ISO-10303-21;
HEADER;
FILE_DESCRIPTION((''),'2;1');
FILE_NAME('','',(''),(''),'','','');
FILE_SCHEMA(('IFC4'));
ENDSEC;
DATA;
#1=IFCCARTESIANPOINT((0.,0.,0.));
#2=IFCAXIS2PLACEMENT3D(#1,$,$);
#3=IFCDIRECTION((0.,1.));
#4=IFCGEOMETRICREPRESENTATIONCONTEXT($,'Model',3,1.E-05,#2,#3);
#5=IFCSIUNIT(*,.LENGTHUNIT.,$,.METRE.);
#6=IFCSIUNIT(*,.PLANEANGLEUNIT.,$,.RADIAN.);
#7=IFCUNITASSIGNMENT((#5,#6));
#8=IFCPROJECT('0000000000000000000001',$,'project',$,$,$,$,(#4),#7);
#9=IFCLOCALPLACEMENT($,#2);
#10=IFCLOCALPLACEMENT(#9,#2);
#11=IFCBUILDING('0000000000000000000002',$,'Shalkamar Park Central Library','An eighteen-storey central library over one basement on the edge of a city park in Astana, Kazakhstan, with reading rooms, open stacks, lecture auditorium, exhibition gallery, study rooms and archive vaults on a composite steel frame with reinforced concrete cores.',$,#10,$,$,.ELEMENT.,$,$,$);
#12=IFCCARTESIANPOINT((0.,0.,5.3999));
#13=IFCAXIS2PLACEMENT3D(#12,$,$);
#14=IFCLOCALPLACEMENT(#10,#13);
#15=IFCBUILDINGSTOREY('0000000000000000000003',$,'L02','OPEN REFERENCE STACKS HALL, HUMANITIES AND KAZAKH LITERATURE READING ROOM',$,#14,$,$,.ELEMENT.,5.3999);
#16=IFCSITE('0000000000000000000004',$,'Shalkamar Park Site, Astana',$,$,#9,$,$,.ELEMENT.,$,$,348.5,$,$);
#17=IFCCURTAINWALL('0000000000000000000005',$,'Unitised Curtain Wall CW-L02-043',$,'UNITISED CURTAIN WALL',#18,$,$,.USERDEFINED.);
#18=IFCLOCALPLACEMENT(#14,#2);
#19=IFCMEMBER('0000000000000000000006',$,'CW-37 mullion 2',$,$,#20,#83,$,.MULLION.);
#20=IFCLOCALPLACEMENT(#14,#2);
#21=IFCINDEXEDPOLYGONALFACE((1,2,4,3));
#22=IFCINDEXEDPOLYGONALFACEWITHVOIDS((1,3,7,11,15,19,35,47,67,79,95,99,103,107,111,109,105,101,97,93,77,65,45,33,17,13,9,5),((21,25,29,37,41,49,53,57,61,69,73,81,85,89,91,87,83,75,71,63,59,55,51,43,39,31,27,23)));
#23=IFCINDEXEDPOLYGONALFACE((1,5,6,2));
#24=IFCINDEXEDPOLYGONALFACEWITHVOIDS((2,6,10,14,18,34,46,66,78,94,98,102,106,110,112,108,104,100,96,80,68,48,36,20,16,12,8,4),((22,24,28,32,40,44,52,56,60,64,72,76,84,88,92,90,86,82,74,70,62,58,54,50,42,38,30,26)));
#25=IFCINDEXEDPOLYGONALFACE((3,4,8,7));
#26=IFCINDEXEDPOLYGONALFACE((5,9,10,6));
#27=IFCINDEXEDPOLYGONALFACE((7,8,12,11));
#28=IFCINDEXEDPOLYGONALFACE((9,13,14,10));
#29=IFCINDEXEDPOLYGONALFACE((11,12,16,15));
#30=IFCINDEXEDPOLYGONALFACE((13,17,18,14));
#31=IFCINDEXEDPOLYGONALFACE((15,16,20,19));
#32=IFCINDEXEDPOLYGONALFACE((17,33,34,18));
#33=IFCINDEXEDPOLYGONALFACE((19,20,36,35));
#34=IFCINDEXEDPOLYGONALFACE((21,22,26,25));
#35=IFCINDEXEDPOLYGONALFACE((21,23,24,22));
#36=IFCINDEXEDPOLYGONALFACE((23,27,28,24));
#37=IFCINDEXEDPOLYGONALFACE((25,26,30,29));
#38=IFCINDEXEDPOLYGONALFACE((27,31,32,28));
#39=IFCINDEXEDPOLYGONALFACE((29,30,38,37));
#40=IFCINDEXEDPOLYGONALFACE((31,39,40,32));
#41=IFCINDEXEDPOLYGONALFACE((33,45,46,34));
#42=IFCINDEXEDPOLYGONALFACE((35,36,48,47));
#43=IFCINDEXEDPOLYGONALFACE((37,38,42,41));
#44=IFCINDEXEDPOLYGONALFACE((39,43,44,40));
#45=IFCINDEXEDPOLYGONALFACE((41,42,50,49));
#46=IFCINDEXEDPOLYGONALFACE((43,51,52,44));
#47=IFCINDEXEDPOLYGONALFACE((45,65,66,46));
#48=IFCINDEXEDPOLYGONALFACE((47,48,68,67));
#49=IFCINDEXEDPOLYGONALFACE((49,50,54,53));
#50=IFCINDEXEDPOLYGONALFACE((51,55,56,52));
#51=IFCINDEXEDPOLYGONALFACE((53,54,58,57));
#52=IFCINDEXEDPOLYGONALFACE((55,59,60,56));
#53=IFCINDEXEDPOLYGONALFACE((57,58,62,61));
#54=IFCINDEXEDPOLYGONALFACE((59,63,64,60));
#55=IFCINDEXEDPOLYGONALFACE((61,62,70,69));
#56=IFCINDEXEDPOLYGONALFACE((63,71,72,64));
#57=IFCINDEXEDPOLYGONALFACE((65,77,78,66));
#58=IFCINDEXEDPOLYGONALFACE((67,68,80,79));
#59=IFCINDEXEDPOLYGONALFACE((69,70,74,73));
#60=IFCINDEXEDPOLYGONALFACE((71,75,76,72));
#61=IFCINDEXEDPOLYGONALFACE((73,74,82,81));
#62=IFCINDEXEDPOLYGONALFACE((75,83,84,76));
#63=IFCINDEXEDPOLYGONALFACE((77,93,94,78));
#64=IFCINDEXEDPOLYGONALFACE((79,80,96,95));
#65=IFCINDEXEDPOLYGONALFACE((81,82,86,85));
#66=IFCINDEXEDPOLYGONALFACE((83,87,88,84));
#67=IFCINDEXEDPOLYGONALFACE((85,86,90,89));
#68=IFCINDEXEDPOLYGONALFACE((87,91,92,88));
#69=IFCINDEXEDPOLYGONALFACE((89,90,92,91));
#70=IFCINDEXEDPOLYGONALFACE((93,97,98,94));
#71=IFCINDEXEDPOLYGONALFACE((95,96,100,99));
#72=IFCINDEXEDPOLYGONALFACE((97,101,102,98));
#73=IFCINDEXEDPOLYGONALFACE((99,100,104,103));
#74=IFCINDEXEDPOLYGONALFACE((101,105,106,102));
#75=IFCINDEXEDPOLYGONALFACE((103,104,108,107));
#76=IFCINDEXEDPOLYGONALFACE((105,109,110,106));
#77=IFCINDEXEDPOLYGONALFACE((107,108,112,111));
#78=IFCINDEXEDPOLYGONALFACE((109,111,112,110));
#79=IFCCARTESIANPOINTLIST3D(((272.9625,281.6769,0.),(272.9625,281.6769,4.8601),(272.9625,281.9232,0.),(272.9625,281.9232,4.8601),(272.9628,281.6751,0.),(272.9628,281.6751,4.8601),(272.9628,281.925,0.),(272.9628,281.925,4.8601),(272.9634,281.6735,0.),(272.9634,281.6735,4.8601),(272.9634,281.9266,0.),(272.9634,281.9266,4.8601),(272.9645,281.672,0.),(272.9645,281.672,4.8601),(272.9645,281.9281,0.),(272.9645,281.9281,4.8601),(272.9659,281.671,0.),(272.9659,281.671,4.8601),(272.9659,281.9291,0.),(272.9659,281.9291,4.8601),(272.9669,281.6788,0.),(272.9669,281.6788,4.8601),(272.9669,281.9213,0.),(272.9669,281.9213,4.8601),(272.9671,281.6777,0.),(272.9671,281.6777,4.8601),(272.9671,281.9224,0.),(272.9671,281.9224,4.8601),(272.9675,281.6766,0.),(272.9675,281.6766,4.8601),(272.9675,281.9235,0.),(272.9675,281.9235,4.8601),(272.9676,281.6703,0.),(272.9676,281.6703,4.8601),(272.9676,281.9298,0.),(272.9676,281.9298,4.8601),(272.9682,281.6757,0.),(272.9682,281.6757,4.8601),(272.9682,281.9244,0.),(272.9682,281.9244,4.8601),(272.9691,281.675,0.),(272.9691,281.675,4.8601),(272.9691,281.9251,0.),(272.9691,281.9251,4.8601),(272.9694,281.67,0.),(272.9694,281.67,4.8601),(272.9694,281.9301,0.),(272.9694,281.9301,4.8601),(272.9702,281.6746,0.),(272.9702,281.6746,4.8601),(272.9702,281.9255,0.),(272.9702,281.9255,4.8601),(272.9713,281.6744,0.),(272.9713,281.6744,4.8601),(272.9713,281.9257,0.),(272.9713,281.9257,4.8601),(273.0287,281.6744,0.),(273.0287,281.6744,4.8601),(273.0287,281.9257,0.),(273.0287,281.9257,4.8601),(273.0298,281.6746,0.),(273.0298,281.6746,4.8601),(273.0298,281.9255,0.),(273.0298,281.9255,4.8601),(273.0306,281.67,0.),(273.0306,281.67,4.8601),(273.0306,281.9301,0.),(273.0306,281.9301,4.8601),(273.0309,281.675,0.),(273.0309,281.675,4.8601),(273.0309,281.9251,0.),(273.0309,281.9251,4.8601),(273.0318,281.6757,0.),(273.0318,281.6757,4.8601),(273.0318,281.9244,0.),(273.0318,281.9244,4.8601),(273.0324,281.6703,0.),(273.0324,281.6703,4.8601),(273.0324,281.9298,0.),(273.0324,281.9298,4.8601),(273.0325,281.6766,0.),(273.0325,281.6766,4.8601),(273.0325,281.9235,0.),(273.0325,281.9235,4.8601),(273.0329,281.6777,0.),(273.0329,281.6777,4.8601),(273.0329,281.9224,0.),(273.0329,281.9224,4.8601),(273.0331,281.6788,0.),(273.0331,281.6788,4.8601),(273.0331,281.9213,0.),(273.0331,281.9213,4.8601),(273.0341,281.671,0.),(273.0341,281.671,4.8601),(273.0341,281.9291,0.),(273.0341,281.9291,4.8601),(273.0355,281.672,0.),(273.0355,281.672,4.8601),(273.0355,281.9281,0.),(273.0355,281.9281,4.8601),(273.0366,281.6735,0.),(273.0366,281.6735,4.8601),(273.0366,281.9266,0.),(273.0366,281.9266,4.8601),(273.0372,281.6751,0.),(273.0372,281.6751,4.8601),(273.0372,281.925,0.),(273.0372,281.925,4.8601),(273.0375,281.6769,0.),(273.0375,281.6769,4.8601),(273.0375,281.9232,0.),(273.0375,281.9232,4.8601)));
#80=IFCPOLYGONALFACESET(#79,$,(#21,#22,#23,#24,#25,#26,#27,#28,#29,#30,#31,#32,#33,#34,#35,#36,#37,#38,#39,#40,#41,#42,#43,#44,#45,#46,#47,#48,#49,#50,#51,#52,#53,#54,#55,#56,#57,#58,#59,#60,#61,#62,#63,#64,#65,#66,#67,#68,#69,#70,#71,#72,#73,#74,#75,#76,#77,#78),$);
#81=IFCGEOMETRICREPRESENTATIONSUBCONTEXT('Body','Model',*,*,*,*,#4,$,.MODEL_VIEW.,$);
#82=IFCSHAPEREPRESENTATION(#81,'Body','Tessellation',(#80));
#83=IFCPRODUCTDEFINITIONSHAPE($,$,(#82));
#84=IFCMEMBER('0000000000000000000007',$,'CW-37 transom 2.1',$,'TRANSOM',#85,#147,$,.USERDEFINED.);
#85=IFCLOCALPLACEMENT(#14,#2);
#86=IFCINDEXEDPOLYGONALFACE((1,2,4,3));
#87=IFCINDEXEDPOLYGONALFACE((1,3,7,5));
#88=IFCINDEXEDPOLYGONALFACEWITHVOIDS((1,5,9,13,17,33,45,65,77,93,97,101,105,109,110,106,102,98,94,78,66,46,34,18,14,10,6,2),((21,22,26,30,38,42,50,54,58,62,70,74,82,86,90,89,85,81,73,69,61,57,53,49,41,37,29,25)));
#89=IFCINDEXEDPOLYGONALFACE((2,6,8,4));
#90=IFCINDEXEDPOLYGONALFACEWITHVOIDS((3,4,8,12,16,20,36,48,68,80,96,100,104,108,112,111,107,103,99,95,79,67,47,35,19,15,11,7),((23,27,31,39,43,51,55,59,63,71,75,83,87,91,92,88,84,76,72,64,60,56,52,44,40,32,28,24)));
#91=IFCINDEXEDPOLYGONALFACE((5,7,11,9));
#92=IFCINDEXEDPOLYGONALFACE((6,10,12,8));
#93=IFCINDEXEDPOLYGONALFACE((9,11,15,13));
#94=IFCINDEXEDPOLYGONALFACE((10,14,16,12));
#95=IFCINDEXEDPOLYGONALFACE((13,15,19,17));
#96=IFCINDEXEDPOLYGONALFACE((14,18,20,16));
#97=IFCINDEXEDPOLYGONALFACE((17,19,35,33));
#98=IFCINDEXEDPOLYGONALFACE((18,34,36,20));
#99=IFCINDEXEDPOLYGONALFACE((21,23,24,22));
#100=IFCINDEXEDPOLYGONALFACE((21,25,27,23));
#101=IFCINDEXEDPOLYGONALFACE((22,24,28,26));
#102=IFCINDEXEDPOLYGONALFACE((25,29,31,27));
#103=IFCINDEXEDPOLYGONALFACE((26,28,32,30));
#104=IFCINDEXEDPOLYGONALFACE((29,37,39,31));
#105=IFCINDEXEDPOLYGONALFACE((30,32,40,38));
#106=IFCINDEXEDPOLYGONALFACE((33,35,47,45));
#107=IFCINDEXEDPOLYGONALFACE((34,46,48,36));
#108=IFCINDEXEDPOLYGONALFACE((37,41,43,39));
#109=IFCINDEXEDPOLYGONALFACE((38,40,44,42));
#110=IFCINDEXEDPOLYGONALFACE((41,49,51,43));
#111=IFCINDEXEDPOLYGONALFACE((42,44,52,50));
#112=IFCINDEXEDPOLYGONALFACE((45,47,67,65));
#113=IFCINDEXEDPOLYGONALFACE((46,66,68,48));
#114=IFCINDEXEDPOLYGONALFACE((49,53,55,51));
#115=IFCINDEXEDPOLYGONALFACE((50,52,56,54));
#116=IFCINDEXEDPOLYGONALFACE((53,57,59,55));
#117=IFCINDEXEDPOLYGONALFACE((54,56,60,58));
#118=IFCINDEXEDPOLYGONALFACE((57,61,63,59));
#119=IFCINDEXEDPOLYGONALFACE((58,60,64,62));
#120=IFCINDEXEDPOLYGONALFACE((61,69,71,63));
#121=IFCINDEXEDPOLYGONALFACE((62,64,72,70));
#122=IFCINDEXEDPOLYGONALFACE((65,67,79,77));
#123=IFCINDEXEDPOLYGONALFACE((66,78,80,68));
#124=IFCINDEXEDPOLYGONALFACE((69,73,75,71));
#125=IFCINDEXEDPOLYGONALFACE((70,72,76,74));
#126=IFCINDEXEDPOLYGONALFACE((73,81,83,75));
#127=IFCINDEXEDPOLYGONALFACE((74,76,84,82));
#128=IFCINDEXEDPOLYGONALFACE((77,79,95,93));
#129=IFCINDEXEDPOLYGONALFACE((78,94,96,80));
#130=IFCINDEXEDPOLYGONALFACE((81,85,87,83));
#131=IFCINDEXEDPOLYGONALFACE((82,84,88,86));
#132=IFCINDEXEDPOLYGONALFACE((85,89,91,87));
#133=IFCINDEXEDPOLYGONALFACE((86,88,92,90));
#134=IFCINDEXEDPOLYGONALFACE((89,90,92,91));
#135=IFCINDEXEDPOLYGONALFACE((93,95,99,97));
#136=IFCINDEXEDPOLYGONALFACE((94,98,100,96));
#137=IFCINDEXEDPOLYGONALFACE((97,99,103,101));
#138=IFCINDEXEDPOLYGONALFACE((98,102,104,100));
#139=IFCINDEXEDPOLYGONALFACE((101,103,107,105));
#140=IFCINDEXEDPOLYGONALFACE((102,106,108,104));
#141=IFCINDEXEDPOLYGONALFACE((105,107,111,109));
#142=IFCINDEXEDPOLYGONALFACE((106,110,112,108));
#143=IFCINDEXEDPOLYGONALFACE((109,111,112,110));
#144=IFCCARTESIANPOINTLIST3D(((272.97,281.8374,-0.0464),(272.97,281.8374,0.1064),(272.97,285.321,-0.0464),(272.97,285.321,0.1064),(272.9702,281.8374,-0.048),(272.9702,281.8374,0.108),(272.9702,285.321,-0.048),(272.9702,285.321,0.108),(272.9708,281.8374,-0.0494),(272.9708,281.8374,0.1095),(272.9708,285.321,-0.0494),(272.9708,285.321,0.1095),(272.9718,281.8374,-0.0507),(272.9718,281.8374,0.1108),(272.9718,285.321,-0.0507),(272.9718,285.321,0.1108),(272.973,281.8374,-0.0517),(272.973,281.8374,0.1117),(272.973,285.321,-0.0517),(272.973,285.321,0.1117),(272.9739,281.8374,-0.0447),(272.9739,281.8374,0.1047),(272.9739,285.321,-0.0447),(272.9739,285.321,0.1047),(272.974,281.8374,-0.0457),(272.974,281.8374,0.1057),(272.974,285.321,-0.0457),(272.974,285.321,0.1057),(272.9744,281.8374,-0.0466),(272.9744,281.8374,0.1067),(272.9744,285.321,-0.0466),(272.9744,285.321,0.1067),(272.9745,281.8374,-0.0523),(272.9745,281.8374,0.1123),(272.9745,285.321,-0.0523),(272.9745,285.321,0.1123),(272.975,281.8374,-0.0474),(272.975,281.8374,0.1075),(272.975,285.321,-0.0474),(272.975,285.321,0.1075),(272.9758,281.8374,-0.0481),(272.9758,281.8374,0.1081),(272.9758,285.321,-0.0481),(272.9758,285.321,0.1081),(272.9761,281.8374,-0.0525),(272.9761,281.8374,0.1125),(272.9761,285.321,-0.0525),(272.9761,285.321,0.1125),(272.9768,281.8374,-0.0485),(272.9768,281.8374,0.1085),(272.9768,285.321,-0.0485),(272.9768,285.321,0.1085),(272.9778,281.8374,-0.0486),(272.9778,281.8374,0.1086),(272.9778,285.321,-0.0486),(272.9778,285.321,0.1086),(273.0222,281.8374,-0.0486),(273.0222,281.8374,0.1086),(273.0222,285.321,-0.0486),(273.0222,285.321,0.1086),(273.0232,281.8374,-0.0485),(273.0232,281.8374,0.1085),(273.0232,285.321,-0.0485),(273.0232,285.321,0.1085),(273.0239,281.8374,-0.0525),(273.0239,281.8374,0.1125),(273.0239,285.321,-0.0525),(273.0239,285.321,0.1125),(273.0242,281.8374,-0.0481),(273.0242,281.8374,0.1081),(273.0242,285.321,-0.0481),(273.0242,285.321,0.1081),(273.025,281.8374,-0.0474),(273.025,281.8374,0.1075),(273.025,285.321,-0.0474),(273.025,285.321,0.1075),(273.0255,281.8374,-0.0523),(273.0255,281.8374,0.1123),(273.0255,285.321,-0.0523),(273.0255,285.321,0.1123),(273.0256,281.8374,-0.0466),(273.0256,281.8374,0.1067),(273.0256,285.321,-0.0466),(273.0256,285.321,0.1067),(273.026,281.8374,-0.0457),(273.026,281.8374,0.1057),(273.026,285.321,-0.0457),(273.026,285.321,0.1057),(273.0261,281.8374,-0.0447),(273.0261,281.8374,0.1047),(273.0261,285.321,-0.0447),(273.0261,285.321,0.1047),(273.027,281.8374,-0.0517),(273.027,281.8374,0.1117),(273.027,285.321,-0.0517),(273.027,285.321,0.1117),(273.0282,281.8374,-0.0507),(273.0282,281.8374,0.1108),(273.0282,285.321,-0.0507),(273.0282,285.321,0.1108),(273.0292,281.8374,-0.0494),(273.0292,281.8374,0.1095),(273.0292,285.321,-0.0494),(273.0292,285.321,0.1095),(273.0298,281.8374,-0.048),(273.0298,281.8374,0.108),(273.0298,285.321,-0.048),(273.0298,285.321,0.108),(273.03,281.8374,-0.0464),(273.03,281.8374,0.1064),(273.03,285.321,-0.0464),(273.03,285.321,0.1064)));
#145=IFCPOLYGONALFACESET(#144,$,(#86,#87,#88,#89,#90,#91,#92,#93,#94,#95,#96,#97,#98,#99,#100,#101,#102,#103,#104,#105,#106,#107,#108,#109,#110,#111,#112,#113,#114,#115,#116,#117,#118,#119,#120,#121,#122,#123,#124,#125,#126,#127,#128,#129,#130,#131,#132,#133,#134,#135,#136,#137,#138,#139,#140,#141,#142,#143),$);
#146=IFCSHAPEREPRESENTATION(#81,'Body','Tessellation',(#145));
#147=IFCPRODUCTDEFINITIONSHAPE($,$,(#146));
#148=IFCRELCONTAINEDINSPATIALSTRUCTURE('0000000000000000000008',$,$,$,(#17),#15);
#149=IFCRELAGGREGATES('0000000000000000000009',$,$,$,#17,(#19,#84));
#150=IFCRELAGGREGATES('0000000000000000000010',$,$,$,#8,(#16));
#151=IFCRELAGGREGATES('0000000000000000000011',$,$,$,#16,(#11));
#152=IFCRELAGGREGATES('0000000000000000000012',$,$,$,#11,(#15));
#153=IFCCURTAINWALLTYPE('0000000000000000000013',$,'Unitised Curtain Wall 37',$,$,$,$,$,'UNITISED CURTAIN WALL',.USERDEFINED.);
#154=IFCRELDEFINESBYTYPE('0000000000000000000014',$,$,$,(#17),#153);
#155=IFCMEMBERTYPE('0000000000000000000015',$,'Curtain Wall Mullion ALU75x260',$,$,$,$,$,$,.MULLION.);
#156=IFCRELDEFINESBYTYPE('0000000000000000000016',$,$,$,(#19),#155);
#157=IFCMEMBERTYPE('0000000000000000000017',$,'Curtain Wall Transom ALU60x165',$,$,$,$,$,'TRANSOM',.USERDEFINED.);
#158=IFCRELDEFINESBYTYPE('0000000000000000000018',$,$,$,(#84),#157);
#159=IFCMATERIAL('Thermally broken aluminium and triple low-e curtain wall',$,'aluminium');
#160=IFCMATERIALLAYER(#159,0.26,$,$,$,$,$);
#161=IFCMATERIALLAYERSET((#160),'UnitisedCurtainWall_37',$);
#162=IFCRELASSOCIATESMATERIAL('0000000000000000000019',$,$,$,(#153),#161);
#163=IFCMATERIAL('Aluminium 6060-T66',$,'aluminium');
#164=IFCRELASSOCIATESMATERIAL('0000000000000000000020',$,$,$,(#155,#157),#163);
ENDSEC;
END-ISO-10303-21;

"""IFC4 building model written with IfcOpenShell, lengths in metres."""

from ifc_helpers import new_model, si_unit, direction, frame, origin, origin_2d, place, context, subcontext, project, spatial, hollow_rectangle, extrude, material, layer, layer_set, material_profile, profile_set, type_object, element, aggregate, save


model = new_model("IFC4")

# Units and contexts
model_context = context("Model", 3, precision=1e-05, world=origin(), true_north=direction((0.0, 1.0)))
body_context = subcontext(model_context, "Body", "Model", "MODEL_VIEW")
ifc_project = project(units=[si_unit("LENGTHUNIT", "METRE"), si_unit("PLANEANGLEUNIT", "RADIAN")], contexts=[model_context])

# Site, building, storey
site_placement = place(None, origin())
site = spatial("IfcSite", under=ifc_project, at=site_placement, Name="Shalkamar Park Site, Astana", CompositionType="ELEMENT", RefElevation=348.5)
building_placement = place(site_placement, origin())
building = spatial("IfcBuilding", under=site, at=building_placement, Name="Shalkamar Park Central Library", Description="An eighteen-storey central library over one basement on the edge of a city park in Astana, Kazakhstan, with reading rooms, open stacks, lecture auditorium, exhibition gallery, study rooms and archive vaults on a composite steel frame with reinforced concrete cores.", CompositionType="ELEMENT")
storey_placement = place(building_placement, frame((0.0, 0.0, 5.3999)))
storey = spatial("IfcBuildingStorey", under=building, at=storey_placement, Name="L02", Description="OPEN REFERENCE STACKS HALL, HUMANITIES AND KAZAKH LITERATURE READING ROOM", CompositionType="ELEMENT", Elevation=5.3999)

# Curtain wall, members
ifc_material_1 = material(Name="Thermally broken aluminium and triple low-e curtain wall", Category="aluminium")
ifc_layer_1 = layer(ifc_material_1, 0.26)
ifc_layer_set_1 = layer_set([ifc_layer_1], Name="UnitisedCurtainWall_37")
curtain_wall_type = type_object("IfcCurtainWallType", Name="Unitised Curtain Wall 37", ElementType="UNITISED CURTAIN WALL", PredefinedType="USERDEFINED", material=ifc_layer_set_1)
curtain_wall_placement = place(storey_placement, origin())
curtain_wall = element("IfcCurtainWall", 1, at=curtain_wall_placement, inside=storey, type_object=curtain_wall_type, Name="Unitised Curtain Wall CW-L02-043", ObjectType="UNITISED CURTAIN WALL", PredefinedType="USERDEFINED")
ifc_material_2 = material(Name="Aluminium 6060-T66", Category="aluminium")
ifc_material_profile_1 = material_profile(ifc_material_2, hollow_rectangle(XDim=0.075, YDim=0.26, WallThickness=0.0044, InnerFilletRadius=0.0044, OuterFilletRadius=0.0068, at=origin_2d()), Name="ALU 75x260x4.5")
ifc_profile_set_1 = profile_set([ifc_material_profile_1], Name="Aluminium 6060-T66")
member_type_1 = type_object("IfcMemberType", Name="Curtain Wall Mullion ALU75x260", PredefinedType="MULLION", material=ifc_profile_set_1)
member_1_placement = place(storey_placement, frame((273.0, 281.8, 0.0), z_axis=(0.0, 0.0, 1.0), x_axis=(-1.0, 0.0, 0.0)))
member_1 = element("IfcMember", 2, at=member_1_placement, type_object=member_type_1, Name="CW-37 mullion 2", PredefinedType="MULLION", context=body_context, shape_type="SweptSolid", body=[
    extrude(hollow_rectangle(XDim=0.075, YDim=0.26, WallThickness=0.0044, InnerFilletRadius=0.0044, OuterFilletRadius=0.0068, at=origin_2d()), origin(), (0.0, 0.0, 1.0), 4.8601),
])
ifc_material_profile_2 = material_profile(ifc_material_2, hollow_rectangle(XDim=0.0601, YDim=0.165, WallThickness=0.0039, InnerFilletRadius=0.0039, OuterFilletRadius=0.0061, at=origin_2d()), Name="ALU 60x165x4")
ifc_profile_set_2 = profile_set([ifc_material_profile_2], Name="Aluminium 6060-T66")
member_type_2 = type_object("IfcMemberType", Name="Curtain Wall Transom ALU60x165", ElementType="TRANSOM", PredefinedType="USERDEFINED", material=ifc_profile_set_2)
member_2_placement = place(storey_placement, frame((273.0, 281.8374, 0.03), z_axis=(0.0, 1.0, 0.0), x_axis=(-1.0, 0.0, 0.0)))
member_2 = element("IfcMember", 3, at=member_2_placement, type_object=member_type_2, Name="CW-37 transom 2.1", ObjectType="TRANSOM", PredefinedType="USERDEFINED", context=body_context, shape_type="SweptSolid", body=[
    extrude(hollow_rectangle(XDim=0.0601, YDim=0.165, WallThickness=0.0039, InnerFilletRadius=0.0039, OuterFilletRadius=0.0061, at=origin_2d()), origin(), (0.0, 0.0, 1.0), 3.4836),
])

aggregate(curtain_wall, [member_1, member_2])

save(model, "model.ifc")
